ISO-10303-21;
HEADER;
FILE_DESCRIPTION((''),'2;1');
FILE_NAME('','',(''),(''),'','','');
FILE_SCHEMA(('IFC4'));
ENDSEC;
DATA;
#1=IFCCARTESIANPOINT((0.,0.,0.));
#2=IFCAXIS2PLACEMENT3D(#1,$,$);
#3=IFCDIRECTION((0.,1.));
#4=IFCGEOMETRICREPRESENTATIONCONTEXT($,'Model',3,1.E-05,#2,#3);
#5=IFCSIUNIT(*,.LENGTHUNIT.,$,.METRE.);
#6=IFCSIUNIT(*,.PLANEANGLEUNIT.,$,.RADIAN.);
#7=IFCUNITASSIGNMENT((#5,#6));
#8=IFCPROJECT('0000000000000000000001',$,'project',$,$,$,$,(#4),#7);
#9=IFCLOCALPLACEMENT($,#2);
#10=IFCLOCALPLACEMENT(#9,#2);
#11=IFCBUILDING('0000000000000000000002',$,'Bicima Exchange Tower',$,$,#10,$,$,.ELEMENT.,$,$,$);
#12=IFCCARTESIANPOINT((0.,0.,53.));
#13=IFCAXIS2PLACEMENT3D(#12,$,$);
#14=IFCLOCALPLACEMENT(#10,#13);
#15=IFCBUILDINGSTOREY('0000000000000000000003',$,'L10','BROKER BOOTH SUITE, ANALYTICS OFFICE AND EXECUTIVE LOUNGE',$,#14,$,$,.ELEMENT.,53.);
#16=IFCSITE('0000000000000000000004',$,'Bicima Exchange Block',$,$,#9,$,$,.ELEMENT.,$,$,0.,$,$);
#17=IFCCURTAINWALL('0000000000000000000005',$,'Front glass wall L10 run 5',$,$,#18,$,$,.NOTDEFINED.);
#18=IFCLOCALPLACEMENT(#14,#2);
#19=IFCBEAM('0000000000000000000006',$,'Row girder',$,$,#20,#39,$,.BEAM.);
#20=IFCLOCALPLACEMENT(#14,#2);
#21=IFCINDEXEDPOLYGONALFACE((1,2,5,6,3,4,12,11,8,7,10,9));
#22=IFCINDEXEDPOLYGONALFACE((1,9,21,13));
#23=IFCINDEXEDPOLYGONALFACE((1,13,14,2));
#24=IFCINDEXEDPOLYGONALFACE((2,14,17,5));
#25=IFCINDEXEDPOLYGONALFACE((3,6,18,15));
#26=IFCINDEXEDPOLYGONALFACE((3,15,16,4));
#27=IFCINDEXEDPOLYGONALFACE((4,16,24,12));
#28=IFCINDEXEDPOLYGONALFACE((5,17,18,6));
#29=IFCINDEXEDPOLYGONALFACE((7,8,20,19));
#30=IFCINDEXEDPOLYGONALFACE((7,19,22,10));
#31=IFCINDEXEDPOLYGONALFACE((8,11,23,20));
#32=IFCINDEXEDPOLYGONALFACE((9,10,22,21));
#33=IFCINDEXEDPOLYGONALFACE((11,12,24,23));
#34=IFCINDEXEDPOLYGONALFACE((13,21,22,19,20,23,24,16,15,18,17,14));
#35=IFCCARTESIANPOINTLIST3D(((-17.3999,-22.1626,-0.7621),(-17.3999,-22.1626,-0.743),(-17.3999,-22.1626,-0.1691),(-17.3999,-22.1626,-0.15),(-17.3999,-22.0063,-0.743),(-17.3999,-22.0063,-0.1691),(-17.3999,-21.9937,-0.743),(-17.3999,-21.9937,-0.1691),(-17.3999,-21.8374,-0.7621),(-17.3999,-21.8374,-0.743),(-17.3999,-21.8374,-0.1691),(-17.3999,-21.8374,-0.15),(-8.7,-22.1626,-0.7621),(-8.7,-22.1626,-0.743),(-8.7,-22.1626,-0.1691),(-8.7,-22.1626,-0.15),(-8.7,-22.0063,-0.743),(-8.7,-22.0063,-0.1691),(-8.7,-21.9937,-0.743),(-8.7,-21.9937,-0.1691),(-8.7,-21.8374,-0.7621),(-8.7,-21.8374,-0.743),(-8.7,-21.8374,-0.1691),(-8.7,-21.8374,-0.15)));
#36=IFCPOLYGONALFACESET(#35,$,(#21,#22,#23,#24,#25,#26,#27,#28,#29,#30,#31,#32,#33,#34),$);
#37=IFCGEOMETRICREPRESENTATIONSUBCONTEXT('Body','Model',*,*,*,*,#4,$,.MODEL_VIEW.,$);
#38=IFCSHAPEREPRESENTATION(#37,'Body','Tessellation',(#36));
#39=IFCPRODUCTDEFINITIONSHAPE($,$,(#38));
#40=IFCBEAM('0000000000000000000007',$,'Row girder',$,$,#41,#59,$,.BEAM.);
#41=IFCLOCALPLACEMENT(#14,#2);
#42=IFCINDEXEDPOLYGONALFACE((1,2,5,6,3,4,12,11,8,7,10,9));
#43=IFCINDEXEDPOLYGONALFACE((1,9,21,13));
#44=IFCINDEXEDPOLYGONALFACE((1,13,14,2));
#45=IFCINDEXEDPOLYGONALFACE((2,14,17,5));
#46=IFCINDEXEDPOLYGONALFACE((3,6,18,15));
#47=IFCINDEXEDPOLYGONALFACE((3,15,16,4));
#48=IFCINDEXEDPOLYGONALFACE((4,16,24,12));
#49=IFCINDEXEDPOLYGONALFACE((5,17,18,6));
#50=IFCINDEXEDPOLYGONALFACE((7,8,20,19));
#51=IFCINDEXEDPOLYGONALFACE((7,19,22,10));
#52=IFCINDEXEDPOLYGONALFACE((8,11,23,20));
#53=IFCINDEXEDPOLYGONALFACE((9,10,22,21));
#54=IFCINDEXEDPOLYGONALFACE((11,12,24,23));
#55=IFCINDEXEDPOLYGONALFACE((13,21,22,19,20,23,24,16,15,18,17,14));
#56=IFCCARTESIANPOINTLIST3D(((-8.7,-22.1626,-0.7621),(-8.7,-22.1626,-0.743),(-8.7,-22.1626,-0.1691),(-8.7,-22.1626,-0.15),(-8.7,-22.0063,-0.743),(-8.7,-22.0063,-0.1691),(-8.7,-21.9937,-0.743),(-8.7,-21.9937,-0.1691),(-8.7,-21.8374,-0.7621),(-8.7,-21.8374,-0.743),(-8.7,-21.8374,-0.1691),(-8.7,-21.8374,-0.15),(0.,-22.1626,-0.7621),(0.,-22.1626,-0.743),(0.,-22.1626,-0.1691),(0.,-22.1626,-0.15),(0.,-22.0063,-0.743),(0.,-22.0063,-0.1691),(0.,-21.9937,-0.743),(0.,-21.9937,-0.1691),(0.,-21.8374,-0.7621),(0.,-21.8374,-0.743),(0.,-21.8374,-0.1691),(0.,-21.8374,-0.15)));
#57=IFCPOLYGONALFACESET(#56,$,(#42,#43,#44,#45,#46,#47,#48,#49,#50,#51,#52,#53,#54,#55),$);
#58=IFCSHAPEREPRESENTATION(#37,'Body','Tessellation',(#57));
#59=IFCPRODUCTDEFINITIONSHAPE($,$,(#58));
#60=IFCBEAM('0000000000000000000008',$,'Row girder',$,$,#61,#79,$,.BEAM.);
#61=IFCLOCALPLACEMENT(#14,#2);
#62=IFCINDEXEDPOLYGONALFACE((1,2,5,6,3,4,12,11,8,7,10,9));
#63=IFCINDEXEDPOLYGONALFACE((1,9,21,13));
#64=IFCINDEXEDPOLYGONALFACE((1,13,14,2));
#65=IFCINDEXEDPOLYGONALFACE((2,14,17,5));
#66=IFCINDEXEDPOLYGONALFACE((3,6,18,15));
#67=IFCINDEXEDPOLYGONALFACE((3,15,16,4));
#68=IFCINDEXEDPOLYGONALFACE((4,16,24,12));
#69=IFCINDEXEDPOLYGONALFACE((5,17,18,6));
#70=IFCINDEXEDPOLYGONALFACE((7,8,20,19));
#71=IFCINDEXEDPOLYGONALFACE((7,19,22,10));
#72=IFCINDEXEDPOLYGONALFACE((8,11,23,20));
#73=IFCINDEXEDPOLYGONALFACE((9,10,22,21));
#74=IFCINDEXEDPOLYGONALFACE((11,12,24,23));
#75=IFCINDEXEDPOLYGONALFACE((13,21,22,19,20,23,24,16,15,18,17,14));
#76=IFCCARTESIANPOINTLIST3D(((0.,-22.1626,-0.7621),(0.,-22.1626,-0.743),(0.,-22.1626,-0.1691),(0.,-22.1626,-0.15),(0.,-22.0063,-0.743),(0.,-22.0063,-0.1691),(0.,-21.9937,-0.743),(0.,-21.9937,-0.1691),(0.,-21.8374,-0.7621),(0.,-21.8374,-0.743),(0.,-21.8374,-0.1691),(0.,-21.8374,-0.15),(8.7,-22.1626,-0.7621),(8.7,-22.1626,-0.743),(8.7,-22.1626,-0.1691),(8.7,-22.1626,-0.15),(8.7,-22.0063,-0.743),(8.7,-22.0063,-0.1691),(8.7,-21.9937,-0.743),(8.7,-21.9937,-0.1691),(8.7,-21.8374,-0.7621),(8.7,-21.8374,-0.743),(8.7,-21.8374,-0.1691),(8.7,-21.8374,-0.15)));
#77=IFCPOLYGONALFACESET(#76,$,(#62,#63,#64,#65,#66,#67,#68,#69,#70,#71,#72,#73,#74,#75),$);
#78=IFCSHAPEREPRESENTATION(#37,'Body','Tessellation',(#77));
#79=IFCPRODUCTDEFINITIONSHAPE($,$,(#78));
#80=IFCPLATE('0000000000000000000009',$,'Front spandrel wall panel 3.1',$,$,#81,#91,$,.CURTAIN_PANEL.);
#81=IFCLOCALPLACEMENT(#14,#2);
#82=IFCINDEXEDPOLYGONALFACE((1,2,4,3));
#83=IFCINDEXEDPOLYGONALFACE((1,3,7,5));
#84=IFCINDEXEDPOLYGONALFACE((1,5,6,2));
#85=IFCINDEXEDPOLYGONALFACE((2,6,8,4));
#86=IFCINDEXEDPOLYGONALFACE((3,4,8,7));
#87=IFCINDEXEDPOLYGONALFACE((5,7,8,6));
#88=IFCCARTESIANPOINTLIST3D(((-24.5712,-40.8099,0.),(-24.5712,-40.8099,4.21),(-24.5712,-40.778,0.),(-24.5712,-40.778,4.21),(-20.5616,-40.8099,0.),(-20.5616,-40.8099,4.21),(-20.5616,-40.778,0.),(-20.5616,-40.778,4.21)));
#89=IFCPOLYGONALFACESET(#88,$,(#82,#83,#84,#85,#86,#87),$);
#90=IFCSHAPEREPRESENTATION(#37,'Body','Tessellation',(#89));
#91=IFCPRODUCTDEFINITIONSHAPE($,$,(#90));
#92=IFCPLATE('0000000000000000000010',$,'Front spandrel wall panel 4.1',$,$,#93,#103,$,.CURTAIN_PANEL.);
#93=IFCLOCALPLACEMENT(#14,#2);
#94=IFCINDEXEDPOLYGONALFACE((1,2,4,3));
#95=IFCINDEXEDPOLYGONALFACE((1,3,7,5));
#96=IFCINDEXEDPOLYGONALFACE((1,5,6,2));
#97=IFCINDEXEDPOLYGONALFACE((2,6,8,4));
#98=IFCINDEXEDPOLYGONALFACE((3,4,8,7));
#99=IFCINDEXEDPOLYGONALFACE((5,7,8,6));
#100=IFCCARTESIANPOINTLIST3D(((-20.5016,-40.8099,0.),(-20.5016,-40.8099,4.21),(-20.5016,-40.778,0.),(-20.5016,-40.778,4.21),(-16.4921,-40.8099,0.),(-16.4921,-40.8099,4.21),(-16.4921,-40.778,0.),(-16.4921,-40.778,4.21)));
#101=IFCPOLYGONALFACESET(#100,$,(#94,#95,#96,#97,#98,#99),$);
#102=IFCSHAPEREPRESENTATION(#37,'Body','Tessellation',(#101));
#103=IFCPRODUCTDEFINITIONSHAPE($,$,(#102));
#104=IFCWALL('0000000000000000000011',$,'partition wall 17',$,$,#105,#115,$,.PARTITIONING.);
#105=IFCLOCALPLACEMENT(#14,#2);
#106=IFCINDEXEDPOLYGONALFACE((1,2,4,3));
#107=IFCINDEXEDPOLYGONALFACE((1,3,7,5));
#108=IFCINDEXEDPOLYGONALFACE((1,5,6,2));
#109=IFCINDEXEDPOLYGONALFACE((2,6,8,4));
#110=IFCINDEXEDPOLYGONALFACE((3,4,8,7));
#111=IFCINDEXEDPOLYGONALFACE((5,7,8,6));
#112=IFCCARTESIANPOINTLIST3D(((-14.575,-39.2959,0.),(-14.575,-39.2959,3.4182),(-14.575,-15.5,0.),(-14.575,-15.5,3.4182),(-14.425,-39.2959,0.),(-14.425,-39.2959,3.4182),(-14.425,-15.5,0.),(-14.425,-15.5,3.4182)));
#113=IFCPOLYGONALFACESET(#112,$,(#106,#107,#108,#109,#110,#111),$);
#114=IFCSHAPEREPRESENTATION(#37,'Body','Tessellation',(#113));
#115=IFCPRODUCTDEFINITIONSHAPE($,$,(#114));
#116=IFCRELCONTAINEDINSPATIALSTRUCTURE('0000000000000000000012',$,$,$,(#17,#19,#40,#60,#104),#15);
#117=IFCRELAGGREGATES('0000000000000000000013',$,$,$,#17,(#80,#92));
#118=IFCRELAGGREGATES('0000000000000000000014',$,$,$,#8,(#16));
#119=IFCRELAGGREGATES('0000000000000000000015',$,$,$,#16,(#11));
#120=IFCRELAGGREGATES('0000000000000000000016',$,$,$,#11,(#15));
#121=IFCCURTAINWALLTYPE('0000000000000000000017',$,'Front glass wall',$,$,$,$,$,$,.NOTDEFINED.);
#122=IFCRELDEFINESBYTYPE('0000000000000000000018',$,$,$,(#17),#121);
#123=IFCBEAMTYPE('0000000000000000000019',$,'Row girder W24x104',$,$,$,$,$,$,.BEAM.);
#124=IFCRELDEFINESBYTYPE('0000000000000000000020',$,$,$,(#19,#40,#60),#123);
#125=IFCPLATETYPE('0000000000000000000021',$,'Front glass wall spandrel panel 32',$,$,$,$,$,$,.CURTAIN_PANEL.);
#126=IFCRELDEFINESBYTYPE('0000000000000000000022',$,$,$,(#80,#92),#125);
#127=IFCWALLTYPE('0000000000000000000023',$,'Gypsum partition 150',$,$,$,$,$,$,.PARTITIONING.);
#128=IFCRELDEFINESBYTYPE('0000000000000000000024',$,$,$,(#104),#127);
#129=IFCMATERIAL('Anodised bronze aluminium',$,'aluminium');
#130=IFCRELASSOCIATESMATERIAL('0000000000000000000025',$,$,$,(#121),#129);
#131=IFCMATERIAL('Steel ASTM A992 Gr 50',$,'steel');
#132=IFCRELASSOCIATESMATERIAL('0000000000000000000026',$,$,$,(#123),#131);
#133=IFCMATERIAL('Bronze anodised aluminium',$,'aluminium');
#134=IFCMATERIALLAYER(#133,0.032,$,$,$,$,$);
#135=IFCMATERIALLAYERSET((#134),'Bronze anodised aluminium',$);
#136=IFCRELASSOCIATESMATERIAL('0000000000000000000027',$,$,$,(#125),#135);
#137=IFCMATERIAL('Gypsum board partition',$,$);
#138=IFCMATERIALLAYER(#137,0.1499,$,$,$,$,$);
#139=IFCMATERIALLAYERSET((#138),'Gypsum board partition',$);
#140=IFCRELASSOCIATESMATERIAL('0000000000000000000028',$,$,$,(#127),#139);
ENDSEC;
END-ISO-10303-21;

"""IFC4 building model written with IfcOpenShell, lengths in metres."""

from ifc_helpers import new_model, si_unit, direction, frame, frame_2d, origin, origin_2d, place, context, subcontext, project, spatial, rectangle, i_section, extrude, material, layer, layer_set, material_profile, profile_set, type_object, element, aggregate, save


model = new_model("IFC4")

# Units and contexts
model_context = context("Model", 3, precision=1e-05, world=origin(), true_north=direction((0.0, 1.0)))
body_context = subcontext(model_context, "Body", "Model", "MODEL_VIEW")
ifc_project = project(units=[si_unit("LENGTHUNIT", "METRE"), si_unit("PLANEANGLEUNIT", "RADIAN")], contexts=[model_context])

# Site, building, storey
site_placement = place(None, origin())
site = spatial("IfcSite", under=ifc_project, at=site_placement, Name="Bicima Exchange Block", CompositionType="ELEMENT", RefElevation=0.0)
building_placement = place(site_placement, origin())
building = spatial("IfcBuilding", under=site, at=building_placement, Name="Bicima Exchange Tower", CompositionType="ELEMENT")
storey_placement = place(building_placement, frame((0.0, 0.0, 53.0)))
storey = spatial("IfcBuildingStorey", under=building, at=storey_placement, Name="L10", Description="BROKER BOOTH SUITE, ANALYTICS OFFICE AND EXECUTIVE LOUNGE", CompositionType="ELEMENT", Elevation=53.0)

# Shared definitions
ifc_material_1 = material(Name="Steel ASTM A992 Gr 50", Category="steel")

# Curtain wall
ifc_material_2 = material(Name="Anodised bronze aluminium", Category="aluminium")
curtain_wall_type = type_object("IfcCurtainWallType", Name="Front glass wall", PredefinedType="NOTDEFINED", material=ifc_material_2)
curtain_wall_1_placement = place(storey_placement, origin())
curtain_wall_1 = element("IfcCurtainWall", 1, at=curtain_wall_1_placement, inside=storey, type_object=curtain_wall_type, Name="Front glass wall L10 run 5", PredefinedType="NOTDEFINED")

# Beams
ifc_material_profile_1 = material_profile(ifc_material_1, i_section(OverallWidth=0.3252, OverallDepth=0.6121, WebThickness=0.0127, FlangeThickness=0.019, at=origin_2d()))
ifc_profile_set_1 = profile_set([ifc_material_profile_1], Name="Steel ASTM A992 Gr 50")
beam_type_1 = type_object("IfcBeamType", Name="Row girder W24x104", PredefinedType="BEAM", material=ifc_profile_set_1)
for number, where, z_axis, x_axis, name in (
    (2, (-17.3999, -22.0, -0.4561), (1.0, 0.0, 0.0), (0.0, 1.0, 0.0), "Row girder"),
    (3, (-8.7, -22.0, -0.4561), (1.0, 0.0, 0.0), (0.0, 1.0, 0.0), "Row girder"),
    (4, (0.0, -22.0, -0.4561), (1.0, 0.0, 0.0), (0.0, 1.0, 0.0), "Row girder"),
):
    element("IfcBeam", number, at=place(storey_placement, frame(where, z_axis=z_axis, x_axis=x_axis)), inside=storey, type_object=beam_type_1, Name=name, PredefinedType="BEAM", context=body_context, shape_type="SweptSolid", body=[
        extrude(i_section(OverallWidth=0.3252, OverallDepth=0.6121, WebThickness=0.0127, FlangeThickness=0.019, at=origin_2d()), origin(), (0.0, 0.0, 1.0), 8.7),
    ])

# Plates
ifc_material_3 = material(Name="Bronze anodised aluminium", Category="aluminium")
ifc_layer_1 = layer(ifc_material_3, 0.032)
ifc_layer_set_1 = layer_set([ifc_layer_1], Name="Bronze anodised aluminium")
plate_type = type_object("IfcPlateType", Name="Front glass wall spandrel panel 32", PredefinedType="CURTAIN_PANEL", material=ifc_layer_set_1)
plate_1_placement = place(storey_placement, frame((-22.5664, -40.7939, 0.0), z_axis=(0.0, 0.0, 1.0), x_axis=(1.0, 0.0, 0.0)))
plate_1 = element("IfcPlate", 5, at=plate_1_placement, type_object=plate_type, Name="Front spandrel wall panel 3.1", PredefinedType="CURTAIN_PANEL", context=body_context, shape_type="SweptSolid", body=[
    extrude(rectangle(XDim=4.0095, YDim=0.032, at=origin_2d()), origin(), (0.0, 0.0, 1.0), 4.21),
])
plate_2_placement = place(storey_placement, frame((-18.4968, -40.7939, 0.0), z_axis=(0.0, 0.0, 1.0), x_axis=(1.0, 0.0, 0.0)))
plate_2 = element("IfcPlate", 6, at=plate_2_placement, type_object=plate_type, Name="Front spandrel wall panel 4.1", PredefinedType="CURTAIN_PANEL", context=body_context, shape_type="SweptSolid", body=[
    extrude(rectangle(XDim=4.0095, YDim=0.032, at=origin_2d()), origin(), (0.0, 0.0, 1.0), 4.21),
])
aggregate(curtain_wall_1, [plate_1, plate_2])

# Wall
ifc_material_4 = material(Name="Gypsum board partition")
ifc_layer_2 = layer(ifc_material_4, 0.1499)
ifc_layer_set_2 = layer_set([ifc_layer_2], Name="Gypsum board partition")
wall_type = type_object("IfcWallType", Name="Gypsum partition 150", PredefinedType="PARTITIONING", material=ifc_layer_set_2)
wall_placement = place(storey_placement, frame((-14.5, -39.2959, 0.0), z_axis=(0.0, 0.0, 1.0), x_axis=(0.0, 1.0, 0.0)))
element("IfcWall", 7, at=wall_placement, inside=storey, type_object=wall_type, Name="partition wall 17", PredefinedType="PARTITIONING", context=body_context, shape_type="SweptSolid", body=[
    extrude(rectangle(XDim=23.7959, YDim=0.1499, at=frame_2d((11.8979, 0.0))), origin(), (0.0, 0.0, 1.0), 3.4182),
])

save(model, "model.ifc")
